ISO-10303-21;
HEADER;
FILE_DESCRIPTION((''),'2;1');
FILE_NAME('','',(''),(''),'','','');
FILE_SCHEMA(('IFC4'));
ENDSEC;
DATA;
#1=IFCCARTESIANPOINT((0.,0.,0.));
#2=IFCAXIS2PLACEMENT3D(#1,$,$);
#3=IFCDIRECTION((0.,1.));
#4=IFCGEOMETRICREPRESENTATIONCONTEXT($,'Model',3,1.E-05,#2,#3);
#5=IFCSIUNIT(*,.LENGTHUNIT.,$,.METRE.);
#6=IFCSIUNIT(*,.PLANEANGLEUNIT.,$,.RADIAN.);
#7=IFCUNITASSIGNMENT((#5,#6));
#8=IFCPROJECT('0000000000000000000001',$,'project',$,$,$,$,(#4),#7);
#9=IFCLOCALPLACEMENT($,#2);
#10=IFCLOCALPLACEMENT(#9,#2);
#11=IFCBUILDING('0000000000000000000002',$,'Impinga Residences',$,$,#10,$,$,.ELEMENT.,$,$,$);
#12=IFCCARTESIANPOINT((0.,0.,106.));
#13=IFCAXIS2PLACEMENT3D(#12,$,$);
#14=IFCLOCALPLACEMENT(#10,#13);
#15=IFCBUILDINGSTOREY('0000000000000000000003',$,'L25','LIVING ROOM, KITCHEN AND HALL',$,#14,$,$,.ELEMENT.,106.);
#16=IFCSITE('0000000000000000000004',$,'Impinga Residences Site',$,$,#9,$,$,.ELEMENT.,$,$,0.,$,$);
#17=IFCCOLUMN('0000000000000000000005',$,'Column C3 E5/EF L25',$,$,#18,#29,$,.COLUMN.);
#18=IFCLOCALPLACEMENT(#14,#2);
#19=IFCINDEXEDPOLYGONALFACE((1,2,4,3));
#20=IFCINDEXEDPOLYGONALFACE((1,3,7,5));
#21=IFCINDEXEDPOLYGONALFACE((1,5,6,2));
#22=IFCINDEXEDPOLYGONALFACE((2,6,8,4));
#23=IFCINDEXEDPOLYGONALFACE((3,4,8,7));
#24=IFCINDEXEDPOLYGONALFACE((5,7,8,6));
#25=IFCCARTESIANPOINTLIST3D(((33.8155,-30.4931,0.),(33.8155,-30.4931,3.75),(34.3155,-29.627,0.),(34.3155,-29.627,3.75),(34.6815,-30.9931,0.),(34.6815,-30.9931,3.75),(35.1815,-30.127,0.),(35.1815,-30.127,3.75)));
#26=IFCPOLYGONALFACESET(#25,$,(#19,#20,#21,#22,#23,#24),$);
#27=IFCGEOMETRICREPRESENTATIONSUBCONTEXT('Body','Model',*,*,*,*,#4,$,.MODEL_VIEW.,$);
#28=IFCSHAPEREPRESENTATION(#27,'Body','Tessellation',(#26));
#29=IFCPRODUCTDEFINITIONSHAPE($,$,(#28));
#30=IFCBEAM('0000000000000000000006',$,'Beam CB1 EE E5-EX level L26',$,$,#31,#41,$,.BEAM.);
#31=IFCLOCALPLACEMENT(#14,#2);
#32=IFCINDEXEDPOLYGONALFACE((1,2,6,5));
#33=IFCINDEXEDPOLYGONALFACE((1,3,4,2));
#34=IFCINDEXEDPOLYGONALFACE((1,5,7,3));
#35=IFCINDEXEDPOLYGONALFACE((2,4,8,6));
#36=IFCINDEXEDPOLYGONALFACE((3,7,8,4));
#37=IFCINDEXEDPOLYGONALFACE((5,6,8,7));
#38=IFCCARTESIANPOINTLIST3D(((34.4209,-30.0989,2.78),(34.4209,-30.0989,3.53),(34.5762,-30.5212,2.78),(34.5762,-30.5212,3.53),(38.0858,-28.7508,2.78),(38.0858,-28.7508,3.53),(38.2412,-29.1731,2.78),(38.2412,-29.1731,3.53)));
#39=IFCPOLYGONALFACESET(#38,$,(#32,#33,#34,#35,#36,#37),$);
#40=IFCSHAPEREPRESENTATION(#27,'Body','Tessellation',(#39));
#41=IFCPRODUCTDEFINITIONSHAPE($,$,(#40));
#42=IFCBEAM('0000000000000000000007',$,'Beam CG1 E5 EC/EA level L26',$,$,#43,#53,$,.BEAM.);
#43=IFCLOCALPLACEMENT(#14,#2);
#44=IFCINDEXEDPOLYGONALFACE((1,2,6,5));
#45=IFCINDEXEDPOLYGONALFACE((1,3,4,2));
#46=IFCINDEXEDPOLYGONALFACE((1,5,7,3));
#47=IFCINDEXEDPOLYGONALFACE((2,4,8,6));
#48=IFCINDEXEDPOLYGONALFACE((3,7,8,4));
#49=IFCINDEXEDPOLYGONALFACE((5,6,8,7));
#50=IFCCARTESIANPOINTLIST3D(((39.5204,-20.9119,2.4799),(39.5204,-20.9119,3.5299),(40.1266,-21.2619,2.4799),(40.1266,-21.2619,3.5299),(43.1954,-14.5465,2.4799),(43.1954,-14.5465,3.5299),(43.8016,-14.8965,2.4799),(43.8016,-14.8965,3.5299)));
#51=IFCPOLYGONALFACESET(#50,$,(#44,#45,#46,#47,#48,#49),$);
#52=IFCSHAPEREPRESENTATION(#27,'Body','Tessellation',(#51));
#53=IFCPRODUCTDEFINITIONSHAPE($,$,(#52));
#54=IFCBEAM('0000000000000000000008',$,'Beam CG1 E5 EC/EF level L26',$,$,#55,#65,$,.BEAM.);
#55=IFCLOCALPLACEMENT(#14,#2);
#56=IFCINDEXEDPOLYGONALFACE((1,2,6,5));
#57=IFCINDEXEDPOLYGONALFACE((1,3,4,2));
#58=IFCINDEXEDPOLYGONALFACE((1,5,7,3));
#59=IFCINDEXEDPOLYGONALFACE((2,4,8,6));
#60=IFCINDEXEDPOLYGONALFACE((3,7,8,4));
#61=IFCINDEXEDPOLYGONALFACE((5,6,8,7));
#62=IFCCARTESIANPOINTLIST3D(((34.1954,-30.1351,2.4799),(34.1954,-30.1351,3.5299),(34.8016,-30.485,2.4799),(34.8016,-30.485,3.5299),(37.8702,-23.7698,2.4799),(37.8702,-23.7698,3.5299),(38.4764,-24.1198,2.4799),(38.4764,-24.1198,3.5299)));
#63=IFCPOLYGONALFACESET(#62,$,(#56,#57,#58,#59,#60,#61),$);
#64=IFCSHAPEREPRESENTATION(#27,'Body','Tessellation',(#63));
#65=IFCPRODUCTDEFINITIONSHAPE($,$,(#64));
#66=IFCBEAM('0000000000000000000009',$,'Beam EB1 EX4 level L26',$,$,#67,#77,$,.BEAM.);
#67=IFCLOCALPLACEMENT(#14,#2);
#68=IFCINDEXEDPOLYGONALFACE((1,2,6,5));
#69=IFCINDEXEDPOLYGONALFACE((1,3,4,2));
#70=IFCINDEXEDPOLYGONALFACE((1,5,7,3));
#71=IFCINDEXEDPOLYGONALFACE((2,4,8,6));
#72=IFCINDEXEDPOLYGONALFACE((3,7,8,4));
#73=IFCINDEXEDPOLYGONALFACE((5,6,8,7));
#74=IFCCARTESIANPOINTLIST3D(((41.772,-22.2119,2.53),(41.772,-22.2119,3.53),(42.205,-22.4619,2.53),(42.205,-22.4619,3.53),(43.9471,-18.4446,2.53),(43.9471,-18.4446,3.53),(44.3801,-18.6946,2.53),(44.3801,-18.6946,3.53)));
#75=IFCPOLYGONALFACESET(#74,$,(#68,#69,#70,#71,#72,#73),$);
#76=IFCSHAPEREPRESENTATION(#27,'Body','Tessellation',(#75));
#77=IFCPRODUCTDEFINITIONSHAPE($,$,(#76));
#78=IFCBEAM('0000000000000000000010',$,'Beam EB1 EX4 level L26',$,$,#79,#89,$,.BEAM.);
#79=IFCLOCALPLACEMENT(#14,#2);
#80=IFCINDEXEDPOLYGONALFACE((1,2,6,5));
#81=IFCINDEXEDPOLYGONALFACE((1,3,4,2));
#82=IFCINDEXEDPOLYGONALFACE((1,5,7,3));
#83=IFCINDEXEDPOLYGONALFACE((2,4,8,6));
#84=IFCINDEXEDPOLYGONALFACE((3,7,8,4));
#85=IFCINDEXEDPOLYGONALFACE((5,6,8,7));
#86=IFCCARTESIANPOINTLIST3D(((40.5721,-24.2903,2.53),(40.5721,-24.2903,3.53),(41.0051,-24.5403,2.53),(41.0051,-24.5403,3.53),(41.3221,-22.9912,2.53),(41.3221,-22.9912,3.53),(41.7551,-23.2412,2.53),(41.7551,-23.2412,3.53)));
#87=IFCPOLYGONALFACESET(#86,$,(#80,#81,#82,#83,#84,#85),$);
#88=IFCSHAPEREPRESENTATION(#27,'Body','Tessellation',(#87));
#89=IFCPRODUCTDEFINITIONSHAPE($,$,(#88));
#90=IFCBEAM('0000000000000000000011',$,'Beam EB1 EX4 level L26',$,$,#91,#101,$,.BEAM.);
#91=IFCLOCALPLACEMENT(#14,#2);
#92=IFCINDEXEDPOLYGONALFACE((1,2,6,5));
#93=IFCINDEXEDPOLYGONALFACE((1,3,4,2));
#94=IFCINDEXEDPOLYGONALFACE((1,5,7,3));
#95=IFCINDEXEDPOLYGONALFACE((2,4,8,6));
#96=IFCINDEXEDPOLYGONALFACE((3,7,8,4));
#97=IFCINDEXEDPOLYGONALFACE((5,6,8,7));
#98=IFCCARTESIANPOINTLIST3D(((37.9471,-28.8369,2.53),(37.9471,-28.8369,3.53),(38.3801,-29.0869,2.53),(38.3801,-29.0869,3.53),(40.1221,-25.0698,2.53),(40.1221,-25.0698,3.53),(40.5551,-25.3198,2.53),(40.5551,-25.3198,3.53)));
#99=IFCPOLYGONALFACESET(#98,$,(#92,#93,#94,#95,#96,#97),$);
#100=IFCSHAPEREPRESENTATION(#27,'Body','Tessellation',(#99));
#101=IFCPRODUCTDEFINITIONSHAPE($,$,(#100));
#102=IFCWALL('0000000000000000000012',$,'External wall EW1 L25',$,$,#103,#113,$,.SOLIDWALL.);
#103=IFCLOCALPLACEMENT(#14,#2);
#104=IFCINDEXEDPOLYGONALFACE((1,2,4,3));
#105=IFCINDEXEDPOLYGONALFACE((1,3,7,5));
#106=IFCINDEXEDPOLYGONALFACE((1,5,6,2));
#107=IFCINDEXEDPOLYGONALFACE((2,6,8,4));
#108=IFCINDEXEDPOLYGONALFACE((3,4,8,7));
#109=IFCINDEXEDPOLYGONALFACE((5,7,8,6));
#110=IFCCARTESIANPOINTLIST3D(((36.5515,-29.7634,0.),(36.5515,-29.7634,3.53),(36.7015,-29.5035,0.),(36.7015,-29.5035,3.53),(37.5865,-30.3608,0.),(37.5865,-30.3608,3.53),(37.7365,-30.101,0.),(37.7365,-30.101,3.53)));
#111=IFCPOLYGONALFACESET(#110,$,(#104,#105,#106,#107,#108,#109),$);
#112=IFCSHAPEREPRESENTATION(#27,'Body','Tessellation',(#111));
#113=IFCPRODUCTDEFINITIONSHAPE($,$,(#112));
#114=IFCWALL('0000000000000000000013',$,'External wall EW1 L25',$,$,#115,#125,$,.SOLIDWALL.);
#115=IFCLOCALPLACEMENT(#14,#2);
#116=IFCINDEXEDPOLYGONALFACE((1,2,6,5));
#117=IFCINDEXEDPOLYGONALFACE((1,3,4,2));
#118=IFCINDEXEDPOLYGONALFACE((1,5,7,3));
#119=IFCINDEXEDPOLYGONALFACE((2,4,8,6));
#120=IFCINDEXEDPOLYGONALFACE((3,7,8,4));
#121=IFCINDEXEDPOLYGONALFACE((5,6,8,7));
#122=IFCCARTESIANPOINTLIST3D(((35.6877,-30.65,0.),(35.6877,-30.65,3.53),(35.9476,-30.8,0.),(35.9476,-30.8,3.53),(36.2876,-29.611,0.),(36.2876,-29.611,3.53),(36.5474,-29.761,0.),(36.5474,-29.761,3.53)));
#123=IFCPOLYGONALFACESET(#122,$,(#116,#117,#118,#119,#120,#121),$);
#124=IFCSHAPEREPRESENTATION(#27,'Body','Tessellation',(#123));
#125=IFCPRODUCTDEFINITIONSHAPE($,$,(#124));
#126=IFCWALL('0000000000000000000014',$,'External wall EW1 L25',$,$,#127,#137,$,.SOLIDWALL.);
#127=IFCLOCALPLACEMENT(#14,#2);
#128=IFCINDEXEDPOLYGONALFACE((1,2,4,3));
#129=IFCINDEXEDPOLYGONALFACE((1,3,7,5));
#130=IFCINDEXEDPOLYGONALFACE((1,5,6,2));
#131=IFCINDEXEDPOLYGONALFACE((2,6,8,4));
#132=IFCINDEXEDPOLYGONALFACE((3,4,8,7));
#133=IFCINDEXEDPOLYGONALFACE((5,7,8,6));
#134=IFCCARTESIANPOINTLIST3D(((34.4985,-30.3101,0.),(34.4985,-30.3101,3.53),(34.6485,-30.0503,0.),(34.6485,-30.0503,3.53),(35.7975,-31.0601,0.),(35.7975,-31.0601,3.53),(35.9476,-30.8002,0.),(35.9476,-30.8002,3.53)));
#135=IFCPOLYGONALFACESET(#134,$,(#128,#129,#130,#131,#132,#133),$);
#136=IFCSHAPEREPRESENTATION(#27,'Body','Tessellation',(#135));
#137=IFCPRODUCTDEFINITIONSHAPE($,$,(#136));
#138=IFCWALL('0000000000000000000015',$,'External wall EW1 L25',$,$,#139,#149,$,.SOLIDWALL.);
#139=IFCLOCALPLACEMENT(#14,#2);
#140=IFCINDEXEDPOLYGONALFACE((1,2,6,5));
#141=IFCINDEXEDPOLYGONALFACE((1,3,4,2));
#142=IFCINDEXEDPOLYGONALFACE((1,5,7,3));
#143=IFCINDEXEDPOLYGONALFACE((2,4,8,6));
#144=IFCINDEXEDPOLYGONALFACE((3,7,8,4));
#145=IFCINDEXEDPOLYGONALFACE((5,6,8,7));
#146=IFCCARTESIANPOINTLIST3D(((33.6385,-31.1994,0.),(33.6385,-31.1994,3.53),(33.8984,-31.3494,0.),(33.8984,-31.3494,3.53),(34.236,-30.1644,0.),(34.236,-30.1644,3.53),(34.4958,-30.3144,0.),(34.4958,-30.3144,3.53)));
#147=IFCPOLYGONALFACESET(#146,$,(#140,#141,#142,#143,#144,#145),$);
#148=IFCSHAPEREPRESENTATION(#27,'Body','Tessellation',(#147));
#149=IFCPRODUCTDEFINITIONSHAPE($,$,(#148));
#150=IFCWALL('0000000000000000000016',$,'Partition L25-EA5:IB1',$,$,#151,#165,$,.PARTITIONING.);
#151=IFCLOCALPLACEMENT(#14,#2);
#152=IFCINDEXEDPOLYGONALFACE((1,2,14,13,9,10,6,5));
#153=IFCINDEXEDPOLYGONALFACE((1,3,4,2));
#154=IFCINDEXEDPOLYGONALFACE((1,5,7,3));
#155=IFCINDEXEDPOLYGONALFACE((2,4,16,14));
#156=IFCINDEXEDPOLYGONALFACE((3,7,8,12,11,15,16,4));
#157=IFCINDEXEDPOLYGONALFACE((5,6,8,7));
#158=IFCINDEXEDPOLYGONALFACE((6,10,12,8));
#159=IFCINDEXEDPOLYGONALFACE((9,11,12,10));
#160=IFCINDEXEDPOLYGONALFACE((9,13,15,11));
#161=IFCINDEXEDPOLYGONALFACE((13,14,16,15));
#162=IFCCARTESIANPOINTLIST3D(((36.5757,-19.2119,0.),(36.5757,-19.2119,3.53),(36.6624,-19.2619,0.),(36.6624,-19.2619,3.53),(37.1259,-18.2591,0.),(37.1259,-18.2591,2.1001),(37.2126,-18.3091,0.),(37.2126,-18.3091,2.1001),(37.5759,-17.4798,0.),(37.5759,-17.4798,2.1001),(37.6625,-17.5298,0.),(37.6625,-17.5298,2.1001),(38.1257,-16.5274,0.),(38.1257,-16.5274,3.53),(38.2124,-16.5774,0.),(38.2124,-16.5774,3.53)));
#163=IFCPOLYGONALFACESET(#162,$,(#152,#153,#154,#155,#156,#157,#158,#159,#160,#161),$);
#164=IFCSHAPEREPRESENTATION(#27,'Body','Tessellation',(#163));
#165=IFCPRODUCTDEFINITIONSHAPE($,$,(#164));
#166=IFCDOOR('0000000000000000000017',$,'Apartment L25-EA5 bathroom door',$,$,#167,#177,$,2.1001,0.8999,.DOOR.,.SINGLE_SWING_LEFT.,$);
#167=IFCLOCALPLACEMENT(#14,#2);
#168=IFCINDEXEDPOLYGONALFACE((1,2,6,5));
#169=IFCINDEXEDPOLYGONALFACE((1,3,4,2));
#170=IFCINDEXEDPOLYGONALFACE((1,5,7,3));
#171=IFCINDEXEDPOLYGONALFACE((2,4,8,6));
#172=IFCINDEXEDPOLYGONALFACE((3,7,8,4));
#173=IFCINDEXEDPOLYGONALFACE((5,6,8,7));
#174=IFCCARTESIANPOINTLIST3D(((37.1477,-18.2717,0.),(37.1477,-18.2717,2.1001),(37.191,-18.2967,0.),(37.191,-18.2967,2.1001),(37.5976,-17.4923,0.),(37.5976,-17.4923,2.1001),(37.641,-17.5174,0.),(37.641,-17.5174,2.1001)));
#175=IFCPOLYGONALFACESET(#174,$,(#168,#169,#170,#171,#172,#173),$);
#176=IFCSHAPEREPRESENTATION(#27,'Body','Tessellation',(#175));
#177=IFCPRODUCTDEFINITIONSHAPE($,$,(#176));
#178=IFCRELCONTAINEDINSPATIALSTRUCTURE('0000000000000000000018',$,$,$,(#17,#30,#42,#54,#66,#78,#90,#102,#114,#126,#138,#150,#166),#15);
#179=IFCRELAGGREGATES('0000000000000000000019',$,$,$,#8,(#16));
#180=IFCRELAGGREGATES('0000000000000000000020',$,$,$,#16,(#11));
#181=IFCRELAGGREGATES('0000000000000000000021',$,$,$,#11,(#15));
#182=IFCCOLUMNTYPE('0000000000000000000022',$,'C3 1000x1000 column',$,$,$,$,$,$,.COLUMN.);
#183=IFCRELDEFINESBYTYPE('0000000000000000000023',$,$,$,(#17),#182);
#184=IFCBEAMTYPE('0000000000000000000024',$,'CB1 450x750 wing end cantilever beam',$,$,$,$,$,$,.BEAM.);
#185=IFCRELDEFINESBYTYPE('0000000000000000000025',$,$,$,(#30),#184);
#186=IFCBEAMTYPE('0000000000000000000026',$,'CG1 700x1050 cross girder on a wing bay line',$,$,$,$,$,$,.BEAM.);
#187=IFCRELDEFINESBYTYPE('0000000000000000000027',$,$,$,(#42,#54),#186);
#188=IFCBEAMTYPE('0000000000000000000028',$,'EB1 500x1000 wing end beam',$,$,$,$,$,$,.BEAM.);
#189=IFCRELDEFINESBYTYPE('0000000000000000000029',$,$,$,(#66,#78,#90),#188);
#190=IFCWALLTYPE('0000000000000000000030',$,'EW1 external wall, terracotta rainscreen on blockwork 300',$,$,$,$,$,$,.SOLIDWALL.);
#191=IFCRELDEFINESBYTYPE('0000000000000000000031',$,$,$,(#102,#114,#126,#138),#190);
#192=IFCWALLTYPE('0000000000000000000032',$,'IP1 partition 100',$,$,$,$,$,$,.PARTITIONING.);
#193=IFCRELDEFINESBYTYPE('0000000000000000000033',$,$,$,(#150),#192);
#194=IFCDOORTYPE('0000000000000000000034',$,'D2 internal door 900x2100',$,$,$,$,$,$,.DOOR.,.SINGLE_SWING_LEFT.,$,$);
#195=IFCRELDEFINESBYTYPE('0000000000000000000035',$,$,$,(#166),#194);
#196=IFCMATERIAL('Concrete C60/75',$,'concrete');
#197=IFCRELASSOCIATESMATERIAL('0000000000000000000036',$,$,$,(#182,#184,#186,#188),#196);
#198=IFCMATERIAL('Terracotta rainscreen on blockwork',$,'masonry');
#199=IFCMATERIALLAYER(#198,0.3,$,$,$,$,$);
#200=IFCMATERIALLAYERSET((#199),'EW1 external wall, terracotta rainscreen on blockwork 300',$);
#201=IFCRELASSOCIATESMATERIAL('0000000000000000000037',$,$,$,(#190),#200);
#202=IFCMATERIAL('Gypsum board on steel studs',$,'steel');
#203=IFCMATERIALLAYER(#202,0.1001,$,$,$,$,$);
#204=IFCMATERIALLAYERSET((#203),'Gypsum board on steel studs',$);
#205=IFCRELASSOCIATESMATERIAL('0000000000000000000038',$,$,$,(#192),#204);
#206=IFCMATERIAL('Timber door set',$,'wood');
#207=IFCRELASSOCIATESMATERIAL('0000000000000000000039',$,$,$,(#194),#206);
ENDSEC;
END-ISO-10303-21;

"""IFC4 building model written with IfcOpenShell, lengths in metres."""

from ifc_helpers import new_model, si_unit, direction, frame, frame_2d, origin, origin_2d, place, context, subcontext, project, spatial, rectangle, extrude, material, layer, layer_set, material_profile, profile_set, type_object, element, fill, save


model = new_model("IFC4")

# Units and contexts
model_context = context("Model", 3, precision=1e-05, world=origin(), true_north=direction((0.0, 1.0)))
body_context = subcontext(model_context, "Body", "Model", "MODEL_VIEW")
ifc_project = project(units=[si_unit("LENGTHUNIT", "METRE"), si_unit("PLANEANGLEUNIT", "RADIAN")], contexts=[model_context])

# Site, building, storey
site_placement = place(None, origin())
site = spatial("IfcSite", under=ifc_project, at=site_placement, Name="Impinga Residences Site", CompositionType="ELEMENT", RefElevation=0.0)
building_placement = place(site_placement, origin())
building = spatial("IfcBuilding", under=site, at=building_placement, Name="Impinga Residences", CompositionType="ELEMENT")
storey_placement = place(building_placement, frame((0.0, 0.0, 106.0)))
storey = spatial("IfcBuildingStorey", under=building, at=storey_placement, Name="L25", Description="LIVING ROOM, KITCHEN AND HALL", CompositionType="ELEMENT", Elevation=106.0)

# Column
ifc_material_1 = material(Name="Concrete C60/75", Category="concrete")
ifc_material_profile_1 = material_profile(ifc_material_1, rectangle(XDim=1.0, YDim=1.0, at=origin_2d()), Name="RC 1000x1000")
ifc_profile_set_1 = profile_set([ifc_material_profile_1], Name="Concrete C60/75")
column_type = type_object("IfcColumnType", Name="C3 1000x1000 column", PredefinedType="COLUMN", material=ifc_profile_set_1)
column_placement = place(storey_placement, frame((34.4985, -30.3101, 0.0), z_axis=(0.0, 0.0, 1.0), x_axis=(-0.5, -0.866025, 0.0)))
element("IfcColumn", 1, at=column_placement, inside=storey, type_object=column_type, Name="Column C3 E5/EF L25", PredefinedType="COLUMN", context=body_context, shape_type="SweptSolid", body=[
    extrude(rectangle(XDim=1.0, YDim=1.0, at=origin_2d()), origin(), (0.0, 0.0, 1.0), 3.75),
])

# Beams
ifc_material_profile_2 = material_profile(ifc_material_1, rectangle(XDim=0.45, YDim=0.75, at=origin_2d()), Name="RC 450x750")
ifc_profile_set_2 = profile_set([ifc_material_profile_2], Name="Concrete C60/75")
beam_type_1 = type_object("IfcBeamType", Name="CB1 450x750 wing end cantilever beam", PredefinedType="BEAM", material=ifc_profile_set_2)
beam_1_placement = place(storey_placement, frame((34.4985, -30.3101, 3.155), z_axis=(0.93852, 0.345224, 0.0), x_axis=(-0.345224, 0.93852, 0.0)))
element("IfcBeam", 2, at=beam_1_placement, inside=storey, type_object=beam_type_1, Name="Beam CB1 EE E5-EX level L26", PredefinedType="BEAM", context=body_context, shape_type="SweptSolid", body=[
    extrude(rectangle(XDim=0.45, YDim=0.75, at=origin_2d()), origin(), (0.0, 0.0, 1.0), 3.905),
])
ifc_material_profile_3 = material_profile(ifc_material_1, rectangle(XDim=0.7, YDim=1.05, at=origin_2d()), Name="RC 700x1050")
ifc_profile_set_3 = profile_set([ifc_material_profile_3], Name="Concrete C60/75")
beam_type_2 = type_object("IfcBeamType", Name="CG1 700x1050 cross girder on a wing bay line", PredefinedType="BEAM", material=ifc_profile_set_3)
beam_2_placement = place(storey_placement, frame((39.8235, -21.0869, 3.0049), z_axis=(0.499994, 0.866029, 0.0), x_axis=(-0.866029, 0.499994, 0.0)))
element("IfcBeam", 3, at=beam_2_placement, inside=storey, type_object=beam_type_2, Name="Beam CG1 E5 EC/EA level L26", PredefinedType="BEAM", context=body_context, shape_type="SweptSolid", body=[
    extrude(rectangle(XDim=0.7, YDim=1.05, at=origin_2d()), origin(), (0.0, 0.0, 1.0), 7.3501),
])
beam_3_placement = place(storey_placement, frame((38.1733, -23.9448, 3.0049), z_axis=(-0.499983, -0.866035, 0.0), x_axis=(0.866035, -0.499983, 0.0)))
element("IfcBeam", 4, at=beam_3_placement, inside=storey, type_object=beam_type_2, Name="Beam CG1 E5 EC/EF level L26", PredefinedType="BEAM", context=body_context, shape_type="SweptSolid", body=[
    extrude(rectangle(XDim=0.7, YDim=1.05, at=origin_2d()), origin(), (0.0, 0.0, 1.0), 7.3499),
])
ifc_material_profile_4 = material_profile(ifc_material_1, rectangle(XDim=0.5, YDim=1.0, at=origin_2d()), Name="RC 500x1000")
ifc_profile_set_4 = profile_set([ifc_material_profile_4], Name="Concrete C60/75")
beam_type_3 = type_object("IfcBeamType", Name="EB1 500x1000 wing end beam", PredefinedType="BEAM", material=ifc_profile_set_4)
beam_4_placement = place(storey_placement, frame((44.1636, -18.5696, 3.03), z_axis=(-0.499996, -0.866028, 0.0), x_axis=(0.866028, -0.499996, 0.0)))
element("IfcBeam", 5, at=beam_4_placement, inside=storey, type_object=beam_type_3, Name="Beam EB1 EX4 level L26", PredefinedType="BEAM", context=body_context, shape_type="SweptSolid", body=[
    extrude(rectangle(XDim=0.5, YDim=1.0, at=origin_2d()), origin(), (0.0, 0.0, 1.0), 4.3501),
])
beam_5_placement = place(storey_placement, frame((41.5386, -23.1162, 3.03), z_axis=(-0.49999, -0.866031, 0.0), x_axis=(0.866031, -0.49999, 0.0)))
element("IfcBeam", 6, at=beam_5_placement, inside=storey, type_object=beam_type_3, Name="Beam EB1 EX4 level L26", PredefinedType="BEAM", context=body_context, shape_type="SweptSolid", body=[
    extrude(rectangle(XDim=0.5, YDim=1.0, at=origin_2d()), origin(), (0.0, 0.0, 1.0), 1.5),
])
beam_6_placement = place(storey_placement, frame((40.3386, -25.1948, 3.03), z_axis=(-0.50002, -0.866014, 0.0), x_axis=(0.866014, -0.50002, 0.0)))
element("IfcBeam", 7, at=beam_6_placement, inside=storey, type_object=beam_type_3, Name="Beam EB1 EX4 level L26", PredefinedType="BEAM", context=body_context, shape_type="SweptSolid", body=[
    extrude(rectangle(XDim=0.5, YDim=1.0, at=origin_2d()), origin(), (0.0, 0.0, 1.0), 4.3499),
])

# Walls
ifc_material_2 = material(Name="Terracotta rainscreen on blockwork", Category="masonry")
ifc_layer_1 = layer(ifc_material_2, 0.3)
ifc_layer_set_1 = layer_set([ifc_layer_1], Name="EW1 external wall, terracotta rainscreen on blockwork 300")
wall_type_1 = type_object("IfcWallType", Name="EW1 external wall, terracotta rainscreen on blockwork 300", PredefinedType="SOLIDWALL", material=ifc_layer_set_1)
wall_1_placement = place(storey_placement, frame((37.6616, -30.231, 0.0), z_axis=(0.0, 0.0, 1.0), x_axis=(-0.86606, 0.499941, 0.0)))
element("IfcWall", 8, at=wall_1_placement, inside=storey, type_object=wall_type_1, Name="External wall EW1 L25", PredefinedType="SOLIDWALL", context=body_context, shape_type="SweptSolid", body=[
    extrude(rectangle(XDim=1.1951, YDim=0.3, at=frame_2d((0.5977, 0.0))), origin(), (0.0, 0.0, 1.0), 3.53),
])
wall_2_placement = place(storey_placement, frame((36.4175, -29.686, 0.0), z_axis=(0.0, 0.0, 1.0), x_axis=(-0.499969, -0.866043, 0.0)))
element("IfcWall", 9, at=wall_2_placement, inside=storey, type_object=wall_type_1, Name="External wall EW1 L25", PredefinedType="SOLIDWALL", context=body_context, shape_type="SweptSolid", body=[
    extrude(rectangle(XDim=1.1997, YDim=0.3, at=frame_2d((0.5999, 0.0))), origin(), (0.0, 0.0, 1.0), 3.53),
])
wall_3_placement = place(storey_placement, frame((35.8726, -30.9302, 0.0), z_axis=(0.0, 0.0, 1.0), x_axis=(-0.866031, 0.49999, 0.0)))
element("IfcWall", 10, at=wall_3_placement, inside=storey, type_object=wall_type_1, Name="External wall EW1 L25", PredefinedType="SOLIDWALL", context=body_context, shape_type="SweptSolid", body=[
    extrude(rectangle(XDim=1.5, YDim=0.3, at=frame_2d((0.75, 0.0))), origin(), (0.0, 0.0, 1.0), 3.53),
])
wall_4_placement = place(storey_placement, frame((34.366, -30.2393, 0.0), z_axis=(0.0, 0.0, 1.0), x_axis=(-0.499941, -0.86606, 0.0)))
element("IfcWall", 11, at=wall_4_placement, inside=storey, type_object=wall_type_1, Name="External wall EW1 L25", PredefinedType="SOLIDWALL", context=body_context, shape_type="SweptSolid", body=[
    extrude(rectangle(XDim=1.1951, YDim=0.3, at=frame_2d((0.5977, 0.0))), origin(), (0.0, 0.0, 1.0), 3.53),
])

# Wall, opening, door
ifc_material_3 = material(Name="Gypsum board on steel studs", Category="steel")
ifc_layer_2 = layer(ifc_material_3, 0.1001)
ifc_layer_set_2 = layer_set([ifc_layer_2], Name="Gypsum board on steel studs")
wall_type_2 = type_object("IfcWallType", Name="IP1 partition 100", PredefinedType="PARTITIONING", material=ifc_layer_set_2)
wall_5_placement = place(storey_placement, frame((36.6191, -19.2368, 0.0), z_axis=(0.0, 0.0, 1.0), x_axis=(0.500027, 0.86601, 0.0)))
wall_5 = element("IfcWall", 12, at=wall_5_placement, inside=storey, type_object=wall_type_2, Name="Partition L25-EA5:IB1", PredefinedType="PARTITIONING", context=body_context, shape_type="SweptSolid", body=[
    extrude(rectangle(XDim=3.0999, YDim=0.1001, at=frame_2d((1.5498, 0.0))), origin(), (0.0, 0.0, 1.0), 3.53),
])
opening_placement = place(wall_5_placement, frame((1.1001, 0.0, 0.0)))
opening = element("IfcOpeningElement", 13, at=opening_placement, cuts=wall_5, PredefinedType="OPENING", context=body_context, shape_type="SweptSolid", body=[
    extrude(rectangle(XDim=0.8999, YDim=2.1001, at=frame_2d((0.45, 1.05))), frame((0.0, 0.0601, 0.0), z_axis=(0.0, -1.0, 0.0), x_axis=(1.0, 0.0, 0.0)), (0.0, 0.0, 1.0), 0.1201),
])
ifc_material_4 = material(Name="Timber door set", Category="wood")
door_type = type_object("IfcDoorType", Name="D2 internal door 900x2100", OperationType="SINGLE_SWING_LEFT", PredefinedType="DOOR", material=ifc_material_4)
door_placement = place(opening_placement, origin())
door = element("IfcDoor", 14, at=door_placement, inside=storey, type_object=door_type, Name="Apartment L25-EA5 bathroom door", OperationType="SINGLE_SWING_LEFT", OverallHeight=2.1001, OverallWidth=0.8999, PredefinedType="DOOR", context=body_context, shape_type="SweptSolid", body=[
    extrude(rectangle(XDim=0.8999, YDim=2.1001, at=frame_2d((0.45, 1.05))), frame((0.0, 0.0249, 0.0), z_axis=(0.0, -1.0, 0.0), x_axis=(1.0, 0.0, 0.0)), (0.0, 0.0, 1.0), 0.05),
])
fill(opening, door)

save(model, "model.ifc")
